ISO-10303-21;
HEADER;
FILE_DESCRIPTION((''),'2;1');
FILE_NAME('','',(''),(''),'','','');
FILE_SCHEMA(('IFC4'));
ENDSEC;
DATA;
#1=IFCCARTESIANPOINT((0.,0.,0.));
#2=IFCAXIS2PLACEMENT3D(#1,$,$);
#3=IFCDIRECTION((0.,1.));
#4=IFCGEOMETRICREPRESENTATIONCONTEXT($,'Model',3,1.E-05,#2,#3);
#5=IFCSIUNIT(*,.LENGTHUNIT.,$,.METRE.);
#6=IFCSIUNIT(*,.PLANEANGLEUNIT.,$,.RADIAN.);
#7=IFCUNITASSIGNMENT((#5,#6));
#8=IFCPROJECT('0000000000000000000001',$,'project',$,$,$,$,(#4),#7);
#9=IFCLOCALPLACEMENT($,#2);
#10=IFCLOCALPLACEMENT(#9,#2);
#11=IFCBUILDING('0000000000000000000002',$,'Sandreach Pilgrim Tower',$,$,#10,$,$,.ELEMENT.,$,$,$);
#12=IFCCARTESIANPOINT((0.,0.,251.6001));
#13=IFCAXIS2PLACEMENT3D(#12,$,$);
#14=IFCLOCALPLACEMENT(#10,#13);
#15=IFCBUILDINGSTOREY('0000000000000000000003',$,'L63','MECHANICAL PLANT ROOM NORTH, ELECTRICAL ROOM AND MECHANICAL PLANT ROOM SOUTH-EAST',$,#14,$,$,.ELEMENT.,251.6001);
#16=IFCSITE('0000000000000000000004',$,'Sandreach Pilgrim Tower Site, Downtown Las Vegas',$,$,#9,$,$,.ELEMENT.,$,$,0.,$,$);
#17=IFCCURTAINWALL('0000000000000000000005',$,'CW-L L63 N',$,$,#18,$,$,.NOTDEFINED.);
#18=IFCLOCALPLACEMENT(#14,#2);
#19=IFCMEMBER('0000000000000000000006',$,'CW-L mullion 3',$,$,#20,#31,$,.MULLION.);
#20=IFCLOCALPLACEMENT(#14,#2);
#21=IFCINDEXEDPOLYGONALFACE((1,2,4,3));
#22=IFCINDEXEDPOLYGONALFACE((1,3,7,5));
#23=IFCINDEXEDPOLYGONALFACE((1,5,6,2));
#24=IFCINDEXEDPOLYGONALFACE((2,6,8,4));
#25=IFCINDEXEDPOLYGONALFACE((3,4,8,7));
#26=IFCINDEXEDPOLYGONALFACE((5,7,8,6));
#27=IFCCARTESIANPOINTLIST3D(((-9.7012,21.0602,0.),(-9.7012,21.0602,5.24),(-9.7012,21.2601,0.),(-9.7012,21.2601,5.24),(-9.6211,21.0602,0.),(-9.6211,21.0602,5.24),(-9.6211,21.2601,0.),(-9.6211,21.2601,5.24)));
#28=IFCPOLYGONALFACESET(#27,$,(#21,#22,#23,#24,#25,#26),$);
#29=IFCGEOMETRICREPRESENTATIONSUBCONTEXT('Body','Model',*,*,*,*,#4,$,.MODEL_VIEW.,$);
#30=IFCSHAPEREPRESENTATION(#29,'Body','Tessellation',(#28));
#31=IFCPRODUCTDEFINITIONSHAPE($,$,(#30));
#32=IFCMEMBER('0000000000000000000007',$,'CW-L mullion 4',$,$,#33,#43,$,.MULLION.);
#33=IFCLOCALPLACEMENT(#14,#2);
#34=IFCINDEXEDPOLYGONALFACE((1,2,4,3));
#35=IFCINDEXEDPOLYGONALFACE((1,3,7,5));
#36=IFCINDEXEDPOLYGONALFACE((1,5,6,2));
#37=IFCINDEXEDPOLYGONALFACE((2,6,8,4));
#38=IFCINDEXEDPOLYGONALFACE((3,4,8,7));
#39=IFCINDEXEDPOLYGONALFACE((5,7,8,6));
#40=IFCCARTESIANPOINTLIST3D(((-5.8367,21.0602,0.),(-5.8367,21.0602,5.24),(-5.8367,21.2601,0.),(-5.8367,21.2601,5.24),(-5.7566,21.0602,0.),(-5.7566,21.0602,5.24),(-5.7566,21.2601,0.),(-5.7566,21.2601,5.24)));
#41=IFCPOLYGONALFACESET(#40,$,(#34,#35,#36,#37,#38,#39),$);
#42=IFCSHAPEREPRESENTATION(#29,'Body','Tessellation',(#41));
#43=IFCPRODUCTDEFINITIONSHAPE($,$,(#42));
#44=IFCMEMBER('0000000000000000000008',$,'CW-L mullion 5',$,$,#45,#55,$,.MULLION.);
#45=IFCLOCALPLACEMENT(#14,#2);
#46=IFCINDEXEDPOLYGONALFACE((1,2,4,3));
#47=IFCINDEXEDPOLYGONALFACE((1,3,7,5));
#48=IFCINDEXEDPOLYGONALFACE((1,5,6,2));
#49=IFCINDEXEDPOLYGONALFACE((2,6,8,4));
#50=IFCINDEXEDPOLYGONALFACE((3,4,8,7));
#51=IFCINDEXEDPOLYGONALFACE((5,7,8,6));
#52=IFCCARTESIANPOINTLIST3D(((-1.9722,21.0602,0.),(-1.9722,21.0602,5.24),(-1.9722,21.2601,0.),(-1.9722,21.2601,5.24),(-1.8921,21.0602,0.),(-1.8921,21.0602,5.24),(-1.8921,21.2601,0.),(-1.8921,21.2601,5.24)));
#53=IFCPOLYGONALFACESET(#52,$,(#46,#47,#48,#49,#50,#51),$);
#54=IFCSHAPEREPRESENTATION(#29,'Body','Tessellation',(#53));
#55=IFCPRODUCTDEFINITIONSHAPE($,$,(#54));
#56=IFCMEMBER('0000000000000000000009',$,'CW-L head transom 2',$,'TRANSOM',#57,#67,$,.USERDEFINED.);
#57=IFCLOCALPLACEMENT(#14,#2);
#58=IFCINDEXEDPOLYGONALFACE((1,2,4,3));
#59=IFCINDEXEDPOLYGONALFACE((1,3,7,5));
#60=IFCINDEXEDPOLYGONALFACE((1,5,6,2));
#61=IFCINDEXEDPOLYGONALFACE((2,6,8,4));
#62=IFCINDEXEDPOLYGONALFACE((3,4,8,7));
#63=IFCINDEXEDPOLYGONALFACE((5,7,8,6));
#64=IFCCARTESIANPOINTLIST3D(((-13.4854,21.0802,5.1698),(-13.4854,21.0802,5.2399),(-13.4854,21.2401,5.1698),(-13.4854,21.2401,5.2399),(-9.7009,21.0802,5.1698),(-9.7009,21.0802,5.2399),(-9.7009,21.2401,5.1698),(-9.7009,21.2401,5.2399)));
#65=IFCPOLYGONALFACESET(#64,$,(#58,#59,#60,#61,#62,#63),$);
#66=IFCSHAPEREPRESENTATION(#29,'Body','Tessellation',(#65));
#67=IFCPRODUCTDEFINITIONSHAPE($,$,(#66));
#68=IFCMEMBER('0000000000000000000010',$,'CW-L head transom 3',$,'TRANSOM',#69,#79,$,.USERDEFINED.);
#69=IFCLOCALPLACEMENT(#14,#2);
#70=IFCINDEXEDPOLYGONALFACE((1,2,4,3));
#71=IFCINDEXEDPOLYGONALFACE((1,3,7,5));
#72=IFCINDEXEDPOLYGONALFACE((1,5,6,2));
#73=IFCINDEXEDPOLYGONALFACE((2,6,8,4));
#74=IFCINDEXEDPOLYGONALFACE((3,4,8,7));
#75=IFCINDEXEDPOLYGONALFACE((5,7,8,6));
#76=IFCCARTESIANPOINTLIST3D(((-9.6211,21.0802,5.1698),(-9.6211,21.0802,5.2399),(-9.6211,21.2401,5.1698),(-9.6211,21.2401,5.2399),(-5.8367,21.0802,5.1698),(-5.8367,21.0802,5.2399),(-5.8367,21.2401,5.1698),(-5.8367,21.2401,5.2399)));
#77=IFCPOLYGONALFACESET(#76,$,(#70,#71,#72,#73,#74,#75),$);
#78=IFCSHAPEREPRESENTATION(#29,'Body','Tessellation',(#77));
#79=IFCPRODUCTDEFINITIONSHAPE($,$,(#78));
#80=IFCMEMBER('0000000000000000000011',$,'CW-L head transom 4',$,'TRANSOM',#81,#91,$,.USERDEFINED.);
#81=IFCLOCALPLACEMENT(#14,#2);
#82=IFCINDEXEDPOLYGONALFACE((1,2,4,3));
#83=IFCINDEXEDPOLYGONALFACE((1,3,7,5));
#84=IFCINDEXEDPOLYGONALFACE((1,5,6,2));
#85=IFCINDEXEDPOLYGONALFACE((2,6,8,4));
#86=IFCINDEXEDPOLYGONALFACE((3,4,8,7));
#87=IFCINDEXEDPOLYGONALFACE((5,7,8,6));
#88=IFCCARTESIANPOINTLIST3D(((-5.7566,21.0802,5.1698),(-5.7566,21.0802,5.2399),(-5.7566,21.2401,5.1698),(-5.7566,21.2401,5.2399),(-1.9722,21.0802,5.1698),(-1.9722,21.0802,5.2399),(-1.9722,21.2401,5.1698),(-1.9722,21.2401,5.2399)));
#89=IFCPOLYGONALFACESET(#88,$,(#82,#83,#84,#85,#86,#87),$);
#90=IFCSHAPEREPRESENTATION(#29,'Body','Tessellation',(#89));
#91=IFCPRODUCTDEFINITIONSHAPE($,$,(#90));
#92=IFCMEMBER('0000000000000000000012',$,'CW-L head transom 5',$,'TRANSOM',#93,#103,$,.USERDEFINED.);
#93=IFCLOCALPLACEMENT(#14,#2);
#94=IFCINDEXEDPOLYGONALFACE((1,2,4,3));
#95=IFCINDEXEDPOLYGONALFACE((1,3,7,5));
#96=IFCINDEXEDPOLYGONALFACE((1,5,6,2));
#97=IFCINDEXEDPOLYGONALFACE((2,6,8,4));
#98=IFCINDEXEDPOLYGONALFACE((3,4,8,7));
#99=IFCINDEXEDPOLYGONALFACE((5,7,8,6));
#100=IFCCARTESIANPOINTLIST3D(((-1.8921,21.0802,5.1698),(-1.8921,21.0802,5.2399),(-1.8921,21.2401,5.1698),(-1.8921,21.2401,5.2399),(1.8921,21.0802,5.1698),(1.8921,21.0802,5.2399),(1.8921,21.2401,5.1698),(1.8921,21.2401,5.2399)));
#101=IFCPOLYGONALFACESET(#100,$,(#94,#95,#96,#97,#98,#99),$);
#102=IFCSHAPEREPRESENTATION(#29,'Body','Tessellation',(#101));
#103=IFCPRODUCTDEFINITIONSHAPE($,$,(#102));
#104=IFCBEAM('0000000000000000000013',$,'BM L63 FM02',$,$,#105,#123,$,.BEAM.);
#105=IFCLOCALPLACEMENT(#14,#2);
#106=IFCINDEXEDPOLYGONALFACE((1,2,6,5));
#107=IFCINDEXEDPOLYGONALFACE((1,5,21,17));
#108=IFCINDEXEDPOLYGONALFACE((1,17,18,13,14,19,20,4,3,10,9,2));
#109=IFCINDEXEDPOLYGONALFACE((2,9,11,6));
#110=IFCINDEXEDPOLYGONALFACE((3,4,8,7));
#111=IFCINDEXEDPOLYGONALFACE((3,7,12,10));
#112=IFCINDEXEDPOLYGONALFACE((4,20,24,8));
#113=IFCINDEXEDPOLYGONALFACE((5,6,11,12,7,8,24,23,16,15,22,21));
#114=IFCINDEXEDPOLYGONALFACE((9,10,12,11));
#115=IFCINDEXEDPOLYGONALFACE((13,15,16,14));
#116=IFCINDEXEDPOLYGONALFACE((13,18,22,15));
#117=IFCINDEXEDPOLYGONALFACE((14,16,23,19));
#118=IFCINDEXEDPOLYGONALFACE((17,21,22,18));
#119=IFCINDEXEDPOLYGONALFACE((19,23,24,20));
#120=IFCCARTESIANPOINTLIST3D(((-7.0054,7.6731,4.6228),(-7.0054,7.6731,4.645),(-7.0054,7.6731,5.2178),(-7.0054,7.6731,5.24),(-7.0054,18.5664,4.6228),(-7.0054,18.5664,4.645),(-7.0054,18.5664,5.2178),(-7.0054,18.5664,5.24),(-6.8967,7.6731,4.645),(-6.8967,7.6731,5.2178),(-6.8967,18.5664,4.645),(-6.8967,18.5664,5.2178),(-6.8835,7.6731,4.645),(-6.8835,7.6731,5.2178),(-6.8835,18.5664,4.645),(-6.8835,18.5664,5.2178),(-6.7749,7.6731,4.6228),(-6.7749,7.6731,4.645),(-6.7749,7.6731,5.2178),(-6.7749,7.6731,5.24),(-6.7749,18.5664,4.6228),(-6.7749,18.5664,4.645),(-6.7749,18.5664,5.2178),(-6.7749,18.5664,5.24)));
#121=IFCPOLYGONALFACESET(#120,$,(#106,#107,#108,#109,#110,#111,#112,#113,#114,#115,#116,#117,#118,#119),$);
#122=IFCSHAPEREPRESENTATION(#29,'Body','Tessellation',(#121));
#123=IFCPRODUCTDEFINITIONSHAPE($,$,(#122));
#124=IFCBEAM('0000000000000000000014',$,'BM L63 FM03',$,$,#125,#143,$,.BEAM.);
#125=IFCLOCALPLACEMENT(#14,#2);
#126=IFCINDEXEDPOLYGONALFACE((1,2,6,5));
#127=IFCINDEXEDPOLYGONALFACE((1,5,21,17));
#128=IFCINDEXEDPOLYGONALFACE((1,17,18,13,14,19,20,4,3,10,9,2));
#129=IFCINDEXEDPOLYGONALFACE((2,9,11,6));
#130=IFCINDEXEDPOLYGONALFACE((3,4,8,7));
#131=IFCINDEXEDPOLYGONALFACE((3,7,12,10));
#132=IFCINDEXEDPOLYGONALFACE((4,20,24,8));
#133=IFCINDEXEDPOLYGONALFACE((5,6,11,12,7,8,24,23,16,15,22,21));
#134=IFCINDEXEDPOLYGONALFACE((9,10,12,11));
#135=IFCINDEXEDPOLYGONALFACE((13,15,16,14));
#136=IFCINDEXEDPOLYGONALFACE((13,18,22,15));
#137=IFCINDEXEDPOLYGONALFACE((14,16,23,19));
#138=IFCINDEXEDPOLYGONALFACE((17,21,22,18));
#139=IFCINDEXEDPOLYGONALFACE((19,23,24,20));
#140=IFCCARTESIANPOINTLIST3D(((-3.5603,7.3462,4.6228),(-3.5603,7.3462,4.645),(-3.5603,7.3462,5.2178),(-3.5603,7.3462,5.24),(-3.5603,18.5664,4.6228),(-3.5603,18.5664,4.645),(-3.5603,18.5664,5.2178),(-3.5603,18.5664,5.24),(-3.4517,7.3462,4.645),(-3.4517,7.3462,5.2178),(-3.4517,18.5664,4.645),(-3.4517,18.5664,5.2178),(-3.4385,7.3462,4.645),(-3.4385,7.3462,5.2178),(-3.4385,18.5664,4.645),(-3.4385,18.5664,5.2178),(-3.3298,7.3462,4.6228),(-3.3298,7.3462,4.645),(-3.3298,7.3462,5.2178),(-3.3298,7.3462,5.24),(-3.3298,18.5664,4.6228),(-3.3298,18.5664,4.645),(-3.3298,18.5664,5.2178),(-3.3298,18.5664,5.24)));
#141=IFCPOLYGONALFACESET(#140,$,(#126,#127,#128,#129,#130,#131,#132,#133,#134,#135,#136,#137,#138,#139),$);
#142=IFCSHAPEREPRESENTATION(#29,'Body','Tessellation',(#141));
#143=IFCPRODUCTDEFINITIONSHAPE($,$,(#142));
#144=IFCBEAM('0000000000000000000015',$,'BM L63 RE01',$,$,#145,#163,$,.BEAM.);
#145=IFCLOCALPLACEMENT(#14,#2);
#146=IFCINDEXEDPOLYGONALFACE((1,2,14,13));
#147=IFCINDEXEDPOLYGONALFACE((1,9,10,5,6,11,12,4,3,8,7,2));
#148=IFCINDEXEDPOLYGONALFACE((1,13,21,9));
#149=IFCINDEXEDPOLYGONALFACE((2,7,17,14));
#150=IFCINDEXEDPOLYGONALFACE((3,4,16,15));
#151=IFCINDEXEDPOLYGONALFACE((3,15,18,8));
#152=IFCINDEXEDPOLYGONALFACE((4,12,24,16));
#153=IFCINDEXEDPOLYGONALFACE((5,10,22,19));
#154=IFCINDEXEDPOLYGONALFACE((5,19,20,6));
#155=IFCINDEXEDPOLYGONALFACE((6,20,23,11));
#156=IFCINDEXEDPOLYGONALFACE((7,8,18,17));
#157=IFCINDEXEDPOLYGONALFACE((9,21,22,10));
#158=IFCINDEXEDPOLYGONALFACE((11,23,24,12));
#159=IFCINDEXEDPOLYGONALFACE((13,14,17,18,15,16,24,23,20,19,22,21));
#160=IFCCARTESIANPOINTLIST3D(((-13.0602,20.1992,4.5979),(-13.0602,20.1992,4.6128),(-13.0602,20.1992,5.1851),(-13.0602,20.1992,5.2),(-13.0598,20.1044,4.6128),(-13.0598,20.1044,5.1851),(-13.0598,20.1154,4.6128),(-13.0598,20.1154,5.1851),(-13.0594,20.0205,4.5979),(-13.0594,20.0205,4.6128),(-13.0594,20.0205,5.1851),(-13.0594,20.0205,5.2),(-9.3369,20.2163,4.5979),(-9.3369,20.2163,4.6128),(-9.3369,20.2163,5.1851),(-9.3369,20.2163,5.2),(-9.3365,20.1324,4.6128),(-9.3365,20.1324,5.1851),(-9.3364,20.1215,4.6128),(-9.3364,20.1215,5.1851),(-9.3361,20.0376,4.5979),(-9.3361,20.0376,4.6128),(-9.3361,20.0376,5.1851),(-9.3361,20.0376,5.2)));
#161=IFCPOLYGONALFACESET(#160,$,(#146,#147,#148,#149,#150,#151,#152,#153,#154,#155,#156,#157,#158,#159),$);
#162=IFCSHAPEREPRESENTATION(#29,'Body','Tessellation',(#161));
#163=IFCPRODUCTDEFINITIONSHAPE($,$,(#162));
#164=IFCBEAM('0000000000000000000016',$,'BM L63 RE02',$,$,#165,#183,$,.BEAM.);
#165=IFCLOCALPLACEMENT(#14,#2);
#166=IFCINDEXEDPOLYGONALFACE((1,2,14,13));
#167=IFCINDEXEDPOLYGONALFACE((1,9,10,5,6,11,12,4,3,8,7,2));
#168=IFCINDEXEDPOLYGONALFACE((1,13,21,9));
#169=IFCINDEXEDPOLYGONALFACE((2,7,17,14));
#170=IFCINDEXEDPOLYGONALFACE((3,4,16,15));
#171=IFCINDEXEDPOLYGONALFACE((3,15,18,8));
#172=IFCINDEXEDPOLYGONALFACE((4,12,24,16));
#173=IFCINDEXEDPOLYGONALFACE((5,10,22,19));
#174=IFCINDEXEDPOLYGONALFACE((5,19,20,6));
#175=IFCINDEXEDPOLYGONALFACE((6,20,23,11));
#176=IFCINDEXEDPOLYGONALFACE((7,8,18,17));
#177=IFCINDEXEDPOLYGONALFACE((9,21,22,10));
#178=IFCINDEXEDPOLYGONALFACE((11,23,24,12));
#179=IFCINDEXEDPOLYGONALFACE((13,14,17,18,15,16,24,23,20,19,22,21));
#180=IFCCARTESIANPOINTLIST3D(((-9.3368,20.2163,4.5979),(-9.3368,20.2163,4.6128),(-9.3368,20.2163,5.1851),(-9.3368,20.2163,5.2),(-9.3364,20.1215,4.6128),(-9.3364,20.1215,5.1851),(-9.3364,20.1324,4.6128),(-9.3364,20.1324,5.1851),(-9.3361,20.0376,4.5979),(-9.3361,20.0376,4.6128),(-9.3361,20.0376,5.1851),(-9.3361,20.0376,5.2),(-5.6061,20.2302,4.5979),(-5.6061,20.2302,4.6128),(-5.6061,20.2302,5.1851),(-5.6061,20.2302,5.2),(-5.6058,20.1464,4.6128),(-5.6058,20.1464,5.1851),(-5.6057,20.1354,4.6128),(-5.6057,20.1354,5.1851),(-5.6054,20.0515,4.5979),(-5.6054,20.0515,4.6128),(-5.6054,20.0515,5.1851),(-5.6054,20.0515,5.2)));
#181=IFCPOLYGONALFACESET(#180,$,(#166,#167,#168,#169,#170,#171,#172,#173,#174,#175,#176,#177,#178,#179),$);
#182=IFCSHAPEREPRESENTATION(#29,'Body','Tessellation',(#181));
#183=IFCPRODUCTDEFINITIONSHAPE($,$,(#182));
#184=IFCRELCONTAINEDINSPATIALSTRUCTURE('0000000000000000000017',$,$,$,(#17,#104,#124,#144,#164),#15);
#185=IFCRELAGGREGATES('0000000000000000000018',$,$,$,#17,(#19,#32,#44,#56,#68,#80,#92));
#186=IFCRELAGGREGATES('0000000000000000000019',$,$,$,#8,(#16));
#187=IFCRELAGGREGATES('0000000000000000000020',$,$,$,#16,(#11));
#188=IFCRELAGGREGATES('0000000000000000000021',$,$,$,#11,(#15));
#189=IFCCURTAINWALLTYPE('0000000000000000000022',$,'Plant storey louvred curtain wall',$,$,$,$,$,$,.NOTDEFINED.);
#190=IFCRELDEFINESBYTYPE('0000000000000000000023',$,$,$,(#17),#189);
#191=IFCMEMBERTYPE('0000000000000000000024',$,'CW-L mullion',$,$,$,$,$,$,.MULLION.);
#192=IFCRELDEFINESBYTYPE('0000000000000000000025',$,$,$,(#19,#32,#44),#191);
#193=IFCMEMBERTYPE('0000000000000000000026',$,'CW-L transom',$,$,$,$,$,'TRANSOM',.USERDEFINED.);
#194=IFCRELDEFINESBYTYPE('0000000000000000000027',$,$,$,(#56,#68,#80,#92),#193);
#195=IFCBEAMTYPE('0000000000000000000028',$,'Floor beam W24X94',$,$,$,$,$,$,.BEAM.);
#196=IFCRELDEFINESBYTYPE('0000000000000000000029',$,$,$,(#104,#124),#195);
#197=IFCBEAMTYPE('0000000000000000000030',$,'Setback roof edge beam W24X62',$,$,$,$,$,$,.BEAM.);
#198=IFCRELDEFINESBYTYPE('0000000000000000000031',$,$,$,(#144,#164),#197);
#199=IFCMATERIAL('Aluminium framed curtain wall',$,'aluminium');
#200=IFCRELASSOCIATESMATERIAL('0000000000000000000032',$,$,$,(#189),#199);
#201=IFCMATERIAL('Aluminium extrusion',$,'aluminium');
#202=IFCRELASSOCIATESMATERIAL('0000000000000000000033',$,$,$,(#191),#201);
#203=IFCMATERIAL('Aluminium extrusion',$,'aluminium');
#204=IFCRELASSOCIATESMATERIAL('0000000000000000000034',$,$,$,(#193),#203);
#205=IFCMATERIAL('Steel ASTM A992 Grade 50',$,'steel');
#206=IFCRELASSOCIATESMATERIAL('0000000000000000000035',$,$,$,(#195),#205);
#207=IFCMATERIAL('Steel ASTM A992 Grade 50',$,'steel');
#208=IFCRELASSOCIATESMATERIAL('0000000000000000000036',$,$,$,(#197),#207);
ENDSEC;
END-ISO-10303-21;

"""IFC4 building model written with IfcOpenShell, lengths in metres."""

from ifc_helpers import new_model, si_unit, direction, frame, origin, origin_2d, place, context, subcontext, project, spatial, rectangle, i_section, extrude, material, material_profile, profile_set, type_object, element, aggregate, save


model = new_model("IFC4")

# Units and contexts
model_context = context("Model", 3, precision=1e-05, world=origin(), true_north=direction((0.0, 1.0)))
body_context = subcontext(model_context, "Body", "Model", "MODEL_VIEW")
ifc_project = project(units=[si_unit("LENGTHUNIT", "METRE"), si_unit("PLANEANGLEUNIT", "RADIAN")], contexts=[model_context])

# Site, building, storey
site_placement = place(None, origin())
site = spatial("IfcSite", under=ifc_project, at=site_placement, Name="Sandreach Pilgrim Tower Site, Downtown Las Vegas", CompositionType="ELEMENT", RefElevation=0.0)
building_placement = place(site_placement, origin())
building = spatial("IfcBuilding", under=site, at=building_placement, Name="Sandreach Pilgrim Tower", CompositionType="ELEMENT")
storey_placement = place(building_placement, frame((0.0, 0.0, 251.6001)))
storey = spatial("IfcBuildingStorey", under=building, at=storey_placement, Name="L63", Description="MECHANICAL PLANT ROOM NORTH, ELECTRICAL ROOM AND MECHANICAL PLANT ROOM SOUTH-EAST", CompositionType="ELEMENT", Elevation=251.6001)

# Curtain wall, members
ifc_material_1 = material(Name="Aluminium framed curtain wall", Category="aluminium")
curtain_wall_type = type_object("IfcCurtainWallType", Name="Plant storey louvred curtain wall", PredefinedType="NOTDEFINED", material=ifc_material_1)
curtain_wall_placement = place(storey_placement, origin())
curtain_wall = element("IfcCurtainWall", 1, at=curtain_wall_placement, inside=storey, type_object=curtain_wall_type, Name="CW-L L63 N", PredefinedType="NOTDEFINED")
ifc_material_2 = material(Name="Aluminium extrusion", Category="aluminium")
ifc_material_profile_1 = material_profile(ifc_material_2, rectangle(XDim=0.0801, YDim=0.2, at=origin_2d()), Name="CW-LM 80X200")
ifc_profile_set_1 = profile_set([ifc_material_profile_1], Name="Aluminium extrusion")
member_type_1 = type_object("IfcMemberType", Name="CW-L mullion", PredefinedType="MULLION", material=ifc_profile_set_1)
member_1_placement = place(storey_placement, frame((-9.6611, 21.1602, 0.0), z_axis=(0.0, 0.0, 1.0), x_axis=(1.0, 0.0, 0.0)))
member_1 = element("IfcMember", 2, at=member_1_placement, type_object=member_type_1, Name="CW-L mullion 3", PredefinedType="MULLION", context=body_context, shape_type="SweptSolid", body=[
    extrude(rectangle(XDim=0.0801, YDim=0.2, at=origin_2d()), origin(), (0.0, 0.0, 1.0), 5.24),
])
member_2_placement = place(storey_placement, frame((-5.7966, 21.1602, 0.0), z_axis=(0.0, 0.0, 1.0), x_axis=(1.0, 0.0, 0.0)))
member_2 = element("IfcMember", 3, at=member_2_placement, type_object=member_type_1, Name="CW-L mullion 4", PredefinedType="MULLION", context=body_context, shape_type="SweptSolid", body=[
    extrude(rectangle(XDim=0.0801, YDim=0.2, at=origin_2d()), origin(), (0.0, 0.0, 1.0), 5.24),
])
member_3_placement = place(storey_placement, frame((-1.9321, 21.1602, 0.0), z_axis=(0.0, 0.0, 1.0), x_axis=(1.0, 0.0, 0.0)))
member_3 = element("IfcMember", 4, at=member_3_placement, type_object=member_type_1, Name="CW-L mullion 5", PredefinedType="MULLION", context=body_context, shape_type="SweptSolid", body=[
    extrude(rectangle(XDim=0.0801, YDim=0.2, at=origin_2d()), origin(), (0.0, 0.0, 1.0), 5.24),
])
ifc_material_3 = material(Name="Aluminium extrusion", Category="aluminium")
ifc_material_profile_2 = material_profile(ifc_material_3, rectangle(XDim=0.1599, YDim=0.0701, at=origin_2d()), Name="CW-LT 160X70")
ifc_profile_set_2 = profile_set([ifc_material_profile_2], Name="Aluminium extrusion")
member_type_2 = type_object("IfcMemberType", Name="CW-L transom", ElementType="TRANSOM", PredefinedType="USERDEFINED", material=ifc_profile_set_2)
member_4_placement = place(storey_placement, frame((-13.4854, 21.1602, 5.2048), z_axis=(1.0, 0.0, 0.0), x_axis=(0.0, 1.0, 0.0)))
member_4 = element("IfcMember", 5, at=member_4_placement, type_object=member_type_2, Name="CW-L head transom 2", ObjectType="TRANSOM", PredefinedType="USERDEFINED", context=body_context, shape_type="SweptSolid", body=[
    extrude(rectangle(XDim=0.1599, YDim=0.0701, at=origin_2d()), origin(), (0.0, 0.0, 1.0), 3.7844),
])
member_5_placement = place(storey_placement, frame((-9.6211, 21.1602, 5.2048), z_axis=(1.0, 0.0, 0.0), x_axis=(0.0, 1.0, 0.0)))
member_5 = element("IfcMember", 6, at=member_5_placement, type_object=member_type_2, Name="CW-L head transom 3", ObjectType="TRANSOM", PredefinedType="USERDEFINED", context=body_context, shape_type="SweptSolid", body=[
    extrude(rectangle(XDim=0.1599, YDim=0.0701, at=origin_2d()), origin(), (0.0, 0.0, 1.0), 3.7844),
])
member_6_placement = place(storey_placement, frame((-5.7566, 21.1602, 5.2048), z_axis=(1.0, 0.0, 0.0), x_axis=(0.0, 1.0, 0.0)))
member_6 = element("IfcMember", 7, at=member_6_placement, type_object=member_type_2, Name="CW-L head transom 4", ObjectType="TRANSOM", PredefinedType="USERDEFINED", context=body_context, shape_type="SweptSolid", body=[
    extrude(rectangle(XDim=0.1599, YDim=0.0701, at=origin_2d()), origin(), (0.0, 0.0, 1.0), 3.7844),
])
member_7_placement = place(storey_placement, frame((-1.8921, 21.1602, 5.2048), z_axis=(1.0, 0.0, 0.0), x_axis=(0.0, 1.0, 0.0)))
member_7 = element("IfcMember", 8, at=member_7_placement, type_object=member_type_2, Name="CW-L head transom 5", ObjectType="TRANSOM", PredefinedType="USERDEFINED", context=body_context, shape_type="SweptSolid", body=[
    extrude(rectangle(XDim=0.1599, YDim=0.0701, at=origin_2d()), origin(), (0.0, 0.0, 1.0), 3.7842),
])

# Beams
ifc_material_4 = material(Name="Steel ASTM A992 Grade 50", Category="steel")
ifc_material_profile_3 = material_profile(ifc_material_4, i_section(OverallWidth=0.2305, OverallDepth=0.6172, WebThickness=0.0132, FlangeThickness=0.0222, at=origin_2d()), Name="W24X94")
ifc_profile_set_3 = profile_set([ifc_material_profile_3], Name="Steel ASTM A992 Grade 50")
beam_type_1 = type_object("IfcBeamType", Name="Floor beam W24X94", PredefinedType="BEAM", material=ifc_profile_set_3)
beam_1_placement = place(storey_placement, frame((-6.8901, 18.5664, 4.9314), z_axis=(0.0, -1.0, 0.0), x_axis=(1.0, 0.0, 0.0)))
element("IfcBeam", 9, at=beam_1_placement, inside=storey, type_object=beam_type_1, Name="BM L63 FM02", PredefinedType="BEAM", context=body_context, shape_type="SweptSolid", body=[
    extrude(i_section(OverallWidth=0.2305, OverallDepth=0.6172, WebThickness=0.0132, FlangeThickness=0.0222, at=origin_2d()), origin(), (0.0, 0.0, 1.0), 10.8933),
])
beam_2_placement = place(storey_placement, frame((-3.4451, 18.5664, 4.9314), z_axis=(0.0, -1.0, 0.0), x_axis=(1.0, 0.0, 0.0)))
element("IfcBeam", 10, at=beam_2_placement, inside=storey, type_object=beam_type_1, Name="BM L63 FM03", PredefinedType="BEAM", context=body_context, shape_type="SweptSolid", body=[
    extrude(i_section(OverallWidth=0.2305, OverallDepth=0.6172, WebThickness=0.0132, FlangeThickness=0.0222, at=origin_2d()), origin(), (0.0, 0.0, 1.0), 11.2202),
])
ifc_material_5 = material(Name="Steel ASTM A992 Grade 50", Category="steel")
ifc_material_profile_4 = material_profile(ifc_material_5, i_section(OverallWidth=0.1787, OverallDepth=0.6021, WebThickness=0.011, FlangeThickness=0.0149, at=origin_2d()), Name="W24X62")
ifc_profile_set_4 = profile_set([ifc_material_profile_4], Name="Steel ASTM A992 Grade 50")
beam_type_2 = type_object("IfcBeamType", Name="Setback roof edge beam W24X62", PredefinedType="BEAM", material=ifc_profile_set_4)
beam_3_placement = place(storey_placement, frame((-13.0598, 20.1099, 4.8989), z_axis=(0.999989, 0.00459, 0.0), x_axis=(-0.00459, 0.999989, 0.0)))
element("IfcBeam", 11, at=beam_3_placement, inside=storey, type_object=beam_type_2, Name="BM L63 RE01", PredefinedType="BEAM", context=body_context, shape_type="SweptSolid", body=[
    extrude(i_section(OverallWidth=0.1787, OverallDepth=0.6021, WebThickness=0.011, FlangeThickness=0.0149, at=origin_2d()), origin(), (0.0, 0.0, 1.0), 3.7234),
])
beam_4_placement = place(storey_placement, frame((-9.3364, 20.127, 4.8989), z_axis=(0.999993, 0.00373, 0.0), x_axis=(-0.00373, 0.999993, 0.0)))
element("IfcBeam", 12, at=beam_4_placement, inside=storey, type_object=beam_type_2, Name="BM L63 RE02", PredefinedType="BEAM", context=body_context, shape_type="SweptSolid", body=[
    extrude(i_section(OverallWidth=0.1787, OverallDepth=0.6021, WebThickness=0.011, FlangeThickness=0.0149, at=origin_2d()), origin(), (0.0, 0.0, 1.0), 3.7307),
])

aggregate(curtain_wall, [member_1, member_2, member_3, member_4, member_5, member_6, member_7])

save(model, "model.ifc")
